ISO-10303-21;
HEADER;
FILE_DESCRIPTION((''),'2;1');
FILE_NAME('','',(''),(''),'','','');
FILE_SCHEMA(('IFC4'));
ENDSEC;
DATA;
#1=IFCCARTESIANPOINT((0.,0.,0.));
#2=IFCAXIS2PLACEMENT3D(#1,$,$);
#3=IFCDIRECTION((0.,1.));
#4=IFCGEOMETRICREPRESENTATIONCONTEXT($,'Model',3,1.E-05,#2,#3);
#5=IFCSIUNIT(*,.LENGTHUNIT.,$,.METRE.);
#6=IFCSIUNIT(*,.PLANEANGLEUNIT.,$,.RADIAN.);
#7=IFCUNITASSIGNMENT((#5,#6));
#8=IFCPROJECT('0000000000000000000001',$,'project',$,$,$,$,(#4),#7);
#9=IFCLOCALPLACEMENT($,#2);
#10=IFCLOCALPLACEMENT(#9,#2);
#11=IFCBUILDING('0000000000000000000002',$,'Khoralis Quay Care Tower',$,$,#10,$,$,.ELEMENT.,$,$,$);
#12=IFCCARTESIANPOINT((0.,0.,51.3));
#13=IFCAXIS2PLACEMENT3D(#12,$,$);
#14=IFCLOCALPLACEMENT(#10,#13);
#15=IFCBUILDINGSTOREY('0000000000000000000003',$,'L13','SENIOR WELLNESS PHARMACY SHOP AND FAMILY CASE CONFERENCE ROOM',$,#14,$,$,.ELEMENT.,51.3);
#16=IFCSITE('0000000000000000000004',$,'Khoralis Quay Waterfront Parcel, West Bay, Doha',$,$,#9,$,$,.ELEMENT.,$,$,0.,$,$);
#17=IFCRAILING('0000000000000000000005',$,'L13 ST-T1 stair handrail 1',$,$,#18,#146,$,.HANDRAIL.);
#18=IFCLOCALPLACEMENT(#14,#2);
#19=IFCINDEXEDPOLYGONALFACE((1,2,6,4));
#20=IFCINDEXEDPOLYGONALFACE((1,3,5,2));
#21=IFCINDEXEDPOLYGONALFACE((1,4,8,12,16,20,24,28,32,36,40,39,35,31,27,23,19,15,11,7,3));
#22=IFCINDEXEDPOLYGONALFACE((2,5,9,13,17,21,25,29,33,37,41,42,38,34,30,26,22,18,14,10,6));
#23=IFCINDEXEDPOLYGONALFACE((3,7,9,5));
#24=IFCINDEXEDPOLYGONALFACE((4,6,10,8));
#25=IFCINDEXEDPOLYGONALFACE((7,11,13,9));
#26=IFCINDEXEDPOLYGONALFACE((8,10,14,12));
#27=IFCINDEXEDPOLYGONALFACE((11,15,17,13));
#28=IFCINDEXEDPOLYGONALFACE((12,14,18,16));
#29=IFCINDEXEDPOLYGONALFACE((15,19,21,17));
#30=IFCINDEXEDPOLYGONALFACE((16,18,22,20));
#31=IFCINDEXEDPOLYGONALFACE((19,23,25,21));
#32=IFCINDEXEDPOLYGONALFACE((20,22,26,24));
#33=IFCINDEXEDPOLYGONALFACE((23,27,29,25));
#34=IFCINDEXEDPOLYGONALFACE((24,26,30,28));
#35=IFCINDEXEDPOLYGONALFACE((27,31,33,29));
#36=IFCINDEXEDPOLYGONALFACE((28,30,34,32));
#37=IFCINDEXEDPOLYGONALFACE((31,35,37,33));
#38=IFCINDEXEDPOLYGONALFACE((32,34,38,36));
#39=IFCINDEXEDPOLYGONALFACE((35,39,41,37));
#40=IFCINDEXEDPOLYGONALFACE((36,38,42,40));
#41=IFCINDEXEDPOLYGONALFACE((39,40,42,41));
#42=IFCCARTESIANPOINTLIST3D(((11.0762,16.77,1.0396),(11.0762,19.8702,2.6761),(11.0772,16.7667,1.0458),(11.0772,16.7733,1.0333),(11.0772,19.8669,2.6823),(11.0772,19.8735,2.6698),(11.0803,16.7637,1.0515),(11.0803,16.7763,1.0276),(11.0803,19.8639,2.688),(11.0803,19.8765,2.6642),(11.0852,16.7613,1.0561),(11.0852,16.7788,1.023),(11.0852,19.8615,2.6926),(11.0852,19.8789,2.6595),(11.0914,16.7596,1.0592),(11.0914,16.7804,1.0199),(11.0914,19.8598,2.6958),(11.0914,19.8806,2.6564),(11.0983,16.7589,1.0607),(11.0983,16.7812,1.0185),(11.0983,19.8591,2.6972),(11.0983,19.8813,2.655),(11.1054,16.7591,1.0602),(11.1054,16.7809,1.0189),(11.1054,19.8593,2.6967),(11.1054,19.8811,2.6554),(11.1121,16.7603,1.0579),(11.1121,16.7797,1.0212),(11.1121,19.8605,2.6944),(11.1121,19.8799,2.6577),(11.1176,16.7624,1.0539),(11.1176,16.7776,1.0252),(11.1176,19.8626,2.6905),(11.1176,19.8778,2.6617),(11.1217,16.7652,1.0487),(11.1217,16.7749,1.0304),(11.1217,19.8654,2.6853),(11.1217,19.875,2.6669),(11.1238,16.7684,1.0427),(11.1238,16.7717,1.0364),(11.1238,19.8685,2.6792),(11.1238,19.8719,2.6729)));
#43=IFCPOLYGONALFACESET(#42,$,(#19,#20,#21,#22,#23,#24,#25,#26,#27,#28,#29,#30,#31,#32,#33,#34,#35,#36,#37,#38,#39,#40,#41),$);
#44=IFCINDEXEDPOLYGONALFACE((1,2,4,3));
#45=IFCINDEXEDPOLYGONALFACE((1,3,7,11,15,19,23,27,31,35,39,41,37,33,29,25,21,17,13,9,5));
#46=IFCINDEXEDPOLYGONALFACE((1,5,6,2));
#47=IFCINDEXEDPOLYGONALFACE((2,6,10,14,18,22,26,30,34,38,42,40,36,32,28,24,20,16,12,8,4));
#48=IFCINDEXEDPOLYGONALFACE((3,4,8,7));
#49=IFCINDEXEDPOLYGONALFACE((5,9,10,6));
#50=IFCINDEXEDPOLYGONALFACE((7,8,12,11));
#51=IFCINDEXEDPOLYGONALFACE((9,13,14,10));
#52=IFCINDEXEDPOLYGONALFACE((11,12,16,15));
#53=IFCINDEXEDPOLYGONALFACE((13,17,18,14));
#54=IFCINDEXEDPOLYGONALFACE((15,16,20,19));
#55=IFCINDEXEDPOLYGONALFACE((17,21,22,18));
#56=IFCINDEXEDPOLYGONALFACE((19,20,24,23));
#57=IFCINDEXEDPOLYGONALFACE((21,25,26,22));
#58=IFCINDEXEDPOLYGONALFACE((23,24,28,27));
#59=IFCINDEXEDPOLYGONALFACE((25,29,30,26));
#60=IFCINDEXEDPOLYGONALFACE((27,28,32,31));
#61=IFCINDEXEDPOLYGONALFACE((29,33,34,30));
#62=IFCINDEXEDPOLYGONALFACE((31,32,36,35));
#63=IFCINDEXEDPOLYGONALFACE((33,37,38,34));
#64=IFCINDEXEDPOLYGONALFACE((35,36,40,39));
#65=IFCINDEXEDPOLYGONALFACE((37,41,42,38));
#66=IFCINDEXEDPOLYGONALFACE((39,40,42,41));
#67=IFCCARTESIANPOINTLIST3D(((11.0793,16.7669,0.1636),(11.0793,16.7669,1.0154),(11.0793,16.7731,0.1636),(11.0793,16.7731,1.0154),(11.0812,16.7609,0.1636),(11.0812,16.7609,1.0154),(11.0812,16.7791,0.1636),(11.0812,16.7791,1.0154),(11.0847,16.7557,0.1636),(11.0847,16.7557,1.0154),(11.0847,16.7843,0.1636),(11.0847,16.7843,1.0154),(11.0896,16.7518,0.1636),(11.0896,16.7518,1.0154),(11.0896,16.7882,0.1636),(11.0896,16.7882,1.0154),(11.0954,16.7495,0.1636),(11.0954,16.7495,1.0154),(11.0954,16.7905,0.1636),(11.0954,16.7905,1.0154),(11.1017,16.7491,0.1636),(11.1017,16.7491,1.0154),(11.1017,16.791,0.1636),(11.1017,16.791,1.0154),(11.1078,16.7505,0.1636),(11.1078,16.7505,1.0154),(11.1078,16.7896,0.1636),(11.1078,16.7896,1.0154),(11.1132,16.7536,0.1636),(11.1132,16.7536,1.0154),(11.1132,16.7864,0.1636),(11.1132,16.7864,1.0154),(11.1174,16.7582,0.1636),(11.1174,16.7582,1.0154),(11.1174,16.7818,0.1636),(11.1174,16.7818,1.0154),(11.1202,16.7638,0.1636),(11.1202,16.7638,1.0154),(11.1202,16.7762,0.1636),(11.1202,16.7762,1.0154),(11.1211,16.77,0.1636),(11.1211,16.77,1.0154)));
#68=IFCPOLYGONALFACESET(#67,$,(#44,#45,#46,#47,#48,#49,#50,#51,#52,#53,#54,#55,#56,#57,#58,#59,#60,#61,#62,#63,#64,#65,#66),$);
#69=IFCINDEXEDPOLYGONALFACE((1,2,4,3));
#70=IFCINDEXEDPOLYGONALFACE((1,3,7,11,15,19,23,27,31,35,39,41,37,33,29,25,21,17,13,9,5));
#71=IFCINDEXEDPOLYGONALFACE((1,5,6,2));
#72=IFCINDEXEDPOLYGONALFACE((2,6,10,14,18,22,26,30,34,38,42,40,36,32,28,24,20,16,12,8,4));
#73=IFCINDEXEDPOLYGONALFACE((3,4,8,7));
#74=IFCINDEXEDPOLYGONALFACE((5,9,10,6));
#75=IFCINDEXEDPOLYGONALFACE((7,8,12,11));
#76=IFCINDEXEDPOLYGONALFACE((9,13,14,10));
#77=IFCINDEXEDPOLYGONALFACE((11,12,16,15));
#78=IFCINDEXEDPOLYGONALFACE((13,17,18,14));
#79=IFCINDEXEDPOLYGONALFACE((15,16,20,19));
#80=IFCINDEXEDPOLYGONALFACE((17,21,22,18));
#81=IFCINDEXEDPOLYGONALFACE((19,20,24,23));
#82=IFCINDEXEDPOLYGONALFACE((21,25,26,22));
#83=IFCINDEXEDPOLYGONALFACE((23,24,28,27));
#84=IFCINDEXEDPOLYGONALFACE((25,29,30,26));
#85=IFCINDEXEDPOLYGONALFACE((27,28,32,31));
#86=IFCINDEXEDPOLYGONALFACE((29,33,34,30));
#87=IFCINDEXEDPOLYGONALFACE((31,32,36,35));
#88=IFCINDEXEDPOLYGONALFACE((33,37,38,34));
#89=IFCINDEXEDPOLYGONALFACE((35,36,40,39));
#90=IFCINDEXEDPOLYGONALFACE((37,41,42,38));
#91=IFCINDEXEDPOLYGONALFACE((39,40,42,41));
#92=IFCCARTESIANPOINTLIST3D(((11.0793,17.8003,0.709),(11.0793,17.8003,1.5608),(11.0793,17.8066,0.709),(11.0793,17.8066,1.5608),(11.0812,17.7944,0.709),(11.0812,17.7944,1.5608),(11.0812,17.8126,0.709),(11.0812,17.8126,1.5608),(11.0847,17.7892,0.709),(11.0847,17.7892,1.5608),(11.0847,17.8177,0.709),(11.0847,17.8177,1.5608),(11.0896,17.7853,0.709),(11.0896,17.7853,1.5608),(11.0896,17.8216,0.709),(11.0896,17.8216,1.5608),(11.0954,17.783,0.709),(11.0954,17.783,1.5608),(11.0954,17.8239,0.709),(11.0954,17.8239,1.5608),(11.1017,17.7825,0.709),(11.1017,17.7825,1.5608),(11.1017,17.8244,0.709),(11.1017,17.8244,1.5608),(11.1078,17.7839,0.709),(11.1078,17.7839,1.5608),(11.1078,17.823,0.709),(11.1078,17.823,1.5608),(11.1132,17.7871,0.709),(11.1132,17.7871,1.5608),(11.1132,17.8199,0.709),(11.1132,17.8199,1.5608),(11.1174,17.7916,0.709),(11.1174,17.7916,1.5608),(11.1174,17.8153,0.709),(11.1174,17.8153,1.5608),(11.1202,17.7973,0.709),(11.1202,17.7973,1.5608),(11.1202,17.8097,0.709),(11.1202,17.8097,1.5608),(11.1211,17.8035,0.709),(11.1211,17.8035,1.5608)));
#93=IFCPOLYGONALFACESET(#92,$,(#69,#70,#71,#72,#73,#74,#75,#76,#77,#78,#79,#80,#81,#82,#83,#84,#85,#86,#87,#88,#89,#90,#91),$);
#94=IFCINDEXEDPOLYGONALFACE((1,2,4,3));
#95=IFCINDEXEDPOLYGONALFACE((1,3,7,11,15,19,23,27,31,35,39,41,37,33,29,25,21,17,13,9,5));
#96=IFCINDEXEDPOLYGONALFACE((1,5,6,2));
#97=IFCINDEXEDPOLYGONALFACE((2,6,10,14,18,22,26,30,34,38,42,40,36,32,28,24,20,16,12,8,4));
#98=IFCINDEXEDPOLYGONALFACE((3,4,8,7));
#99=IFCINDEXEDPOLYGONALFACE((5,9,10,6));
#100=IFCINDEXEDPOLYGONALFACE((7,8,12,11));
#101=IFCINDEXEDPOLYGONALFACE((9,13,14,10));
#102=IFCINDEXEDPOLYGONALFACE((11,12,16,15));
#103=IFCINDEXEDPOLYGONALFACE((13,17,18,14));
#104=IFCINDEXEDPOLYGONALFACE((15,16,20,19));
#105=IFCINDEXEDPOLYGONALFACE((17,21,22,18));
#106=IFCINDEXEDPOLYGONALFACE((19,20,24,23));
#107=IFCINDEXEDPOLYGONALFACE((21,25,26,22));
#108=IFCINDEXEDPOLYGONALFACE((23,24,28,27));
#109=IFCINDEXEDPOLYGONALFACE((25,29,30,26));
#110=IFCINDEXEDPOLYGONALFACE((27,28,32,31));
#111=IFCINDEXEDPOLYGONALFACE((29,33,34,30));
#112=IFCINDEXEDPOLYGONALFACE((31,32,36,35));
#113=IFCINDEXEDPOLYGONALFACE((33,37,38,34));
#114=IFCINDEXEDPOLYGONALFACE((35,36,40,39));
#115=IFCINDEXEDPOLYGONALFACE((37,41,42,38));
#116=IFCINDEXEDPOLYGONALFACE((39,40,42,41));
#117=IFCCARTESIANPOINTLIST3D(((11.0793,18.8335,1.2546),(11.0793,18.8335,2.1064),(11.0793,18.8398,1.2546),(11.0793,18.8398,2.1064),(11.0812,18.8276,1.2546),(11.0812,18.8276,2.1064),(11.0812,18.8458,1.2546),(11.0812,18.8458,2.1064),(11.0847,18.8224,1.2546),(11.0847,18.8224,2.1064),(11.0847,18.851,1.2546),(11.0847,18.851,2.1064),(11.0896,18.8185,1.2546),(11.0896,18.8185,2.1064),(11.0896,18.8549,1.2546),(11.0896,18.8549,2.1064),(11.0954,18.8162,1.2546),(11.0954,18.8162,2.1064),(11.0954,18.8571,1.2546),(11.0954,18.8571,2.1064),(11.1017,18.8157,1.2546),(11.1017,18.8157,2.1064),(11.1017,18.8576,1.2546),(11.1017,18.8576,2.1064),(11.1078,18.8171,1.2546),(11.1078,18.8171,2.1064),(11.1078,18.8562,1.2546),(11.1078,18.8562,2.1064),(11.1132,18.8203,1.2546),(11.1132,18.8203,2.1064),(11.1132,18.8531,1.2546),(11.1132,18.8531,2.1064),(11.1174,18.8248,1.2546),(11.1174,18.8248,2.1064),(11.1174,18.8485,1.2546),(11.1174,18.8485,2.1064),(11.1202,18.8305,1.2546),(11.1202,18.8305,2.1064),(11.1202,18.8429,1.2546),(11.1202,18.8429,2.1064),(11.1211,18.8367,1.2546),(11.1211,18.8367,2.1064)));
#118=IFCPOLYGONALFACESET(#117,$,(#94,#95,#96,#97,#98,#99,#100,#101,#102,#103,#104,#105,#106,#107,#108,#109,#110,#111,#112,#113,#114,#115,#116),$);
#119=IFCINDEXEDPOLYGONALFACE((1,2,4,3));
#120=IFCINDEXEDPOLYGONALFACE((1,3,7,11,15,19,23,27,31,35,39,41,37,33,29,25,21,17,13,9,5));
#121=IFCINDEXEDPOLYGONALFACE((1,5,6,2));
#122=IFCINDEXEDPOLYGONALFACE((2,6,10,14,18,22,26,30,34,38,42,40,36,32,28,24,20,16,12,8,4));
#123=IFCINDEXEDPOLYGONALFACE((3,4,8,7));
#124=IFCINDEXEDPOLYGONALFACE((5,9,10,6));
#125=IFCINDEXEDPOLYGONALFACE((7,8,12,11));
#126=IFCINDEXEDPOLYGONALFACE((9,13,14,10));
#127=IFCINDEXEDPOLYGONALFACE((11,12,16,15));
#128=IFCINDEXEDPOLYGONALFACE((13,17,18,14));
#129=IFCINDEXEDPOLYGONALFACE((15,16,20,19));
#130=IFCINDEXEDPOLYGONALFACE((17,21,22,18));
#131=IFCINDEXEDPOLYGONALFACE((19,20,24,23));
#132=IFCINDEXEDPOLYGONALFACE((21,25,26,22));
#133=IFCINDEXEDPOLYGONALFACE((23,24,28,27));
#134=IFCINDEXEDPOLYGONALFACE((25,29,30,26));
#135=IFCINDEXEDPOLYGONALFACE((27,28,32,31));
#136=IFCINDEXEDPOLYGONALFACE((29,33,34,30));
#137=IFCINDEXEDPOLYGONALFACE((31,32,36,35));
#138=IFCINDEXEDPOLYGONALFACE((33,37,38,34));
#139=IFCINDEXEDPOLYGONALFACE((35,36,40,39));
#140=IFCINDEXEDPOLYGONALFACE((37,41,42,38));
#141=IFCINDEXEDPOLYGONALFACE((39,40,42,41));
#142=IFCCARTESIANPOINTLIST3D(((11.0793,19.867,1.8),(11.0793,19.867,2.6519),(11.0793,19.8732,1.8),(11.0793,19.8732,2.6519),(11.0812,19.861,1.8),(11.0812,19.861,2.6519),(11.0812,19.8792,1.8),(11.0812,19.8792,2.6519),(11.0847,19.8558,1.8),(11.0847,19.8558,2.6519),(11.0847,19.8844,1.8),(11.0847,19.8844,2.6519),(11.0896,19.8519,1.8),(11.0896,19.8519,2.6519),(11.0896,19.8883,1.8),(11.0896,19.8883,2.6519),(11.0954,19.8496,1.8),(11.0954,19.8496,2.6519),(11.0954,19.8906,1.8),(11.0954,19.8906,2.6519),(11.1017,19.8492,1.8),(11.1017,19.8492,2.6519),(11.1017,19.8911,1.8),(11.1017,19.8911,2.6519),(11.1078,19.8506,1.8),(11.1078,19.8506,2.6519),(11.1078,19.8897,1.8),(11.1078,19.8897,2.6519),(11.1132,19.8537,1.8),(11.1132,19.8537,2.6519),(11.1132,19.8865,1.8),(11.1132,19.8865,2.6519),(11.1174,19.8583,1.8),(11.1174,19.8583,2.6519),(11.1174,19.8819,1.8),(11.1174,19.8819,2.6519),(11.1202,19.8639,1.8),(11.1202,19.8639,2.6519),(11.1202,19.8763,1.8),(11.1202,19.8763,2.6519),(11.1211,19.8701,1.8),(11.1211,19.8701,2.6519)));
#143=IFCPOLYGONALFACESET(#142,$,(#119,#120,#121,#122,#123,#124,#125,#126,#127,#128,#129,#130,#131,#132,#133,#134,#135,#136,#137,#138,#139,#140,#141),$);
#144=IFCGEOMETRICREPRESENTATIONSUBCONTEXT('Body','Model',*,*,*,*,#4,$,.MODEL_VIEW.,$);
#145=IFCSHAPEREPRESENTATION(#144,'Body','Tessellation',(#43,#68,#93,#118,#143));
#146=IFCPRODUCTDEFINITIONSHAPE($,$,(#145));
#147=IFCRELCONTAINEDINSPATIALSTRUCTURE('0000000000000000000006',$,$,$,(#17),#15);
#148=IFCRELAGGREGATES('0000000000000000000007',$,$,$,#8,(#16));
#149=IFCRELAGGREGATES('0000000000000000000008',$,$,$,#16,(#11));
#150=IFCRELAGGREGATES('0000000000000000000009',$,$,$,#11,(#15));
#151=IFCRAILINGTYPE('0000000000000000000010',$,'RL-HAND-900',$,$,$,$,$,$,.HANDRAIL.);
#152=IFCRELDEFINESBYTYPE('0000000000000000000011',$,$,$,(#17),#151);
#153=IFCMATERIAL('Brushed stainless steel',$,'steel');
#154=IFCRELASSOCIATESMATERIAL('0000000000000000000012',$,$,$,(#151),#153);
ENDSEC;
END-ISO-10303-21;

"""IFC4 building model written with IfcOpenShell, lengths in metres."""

from ifc_helpers import new_model, si_unit, direction, frame, origin, origin_2d, place, context, subcontext, project, spatial, circle, extrude, material, type_object, element, save


model = new_model("IFC4")

# Units and contexts
model_context = context("Model", 3, precision=1e-05, world=origin(), true_north=direction((0.0, 1.0)))
body_context = subcontext(model_context, "Body", "Model", "MODEL_VIEW")
ifc_project = project(units=[si_unit("LENGTHUNIT", "METRE"), si_unit("PLANEANGLEUNIT", "RADIAN")], contexts=[model_context])

# Site, building, storey
site_placement = place(None, origin())
site = spatial("IfcSite", under=ifc_project, at=site_placement, Name="Khoralis Quay Waterfront Parcel, West Bay, Doha", CompositionType="ELEMENT", RefElevation=0.0)
building_placement = place(site_placement, origin())
building = spatial("IfcBuilding", under=site, at=building_placement, Name="Khoralis Quay Care Tower", CompositionType="ELEMENT")
storey_placement = place(building_placement, frame((0.0, 0.0, 51.3)))
storey = spatial("IfcBuildingStorey", under=building, at=storey_placement, Name="L13", Description="SENIOR WELLNESS PHARMACY SHOP AND FAMILY CASE CONFERENCE ROOM", CompositionType="ELEMENT", Elevation=51.3)

# Shared definitions
ifc_material_1 = material(Name="Brushed stainless steel", Category="steel")

# Railing
railing_type_1 = type_object("IfcRailingType", Name="RL-HAND-900", PredefinedType="HANDRAIL", material=ifc_material_1)
railing_1_placement = place(storey_placement, frame((11.1001, 16.77, 0.1636)))
element("IfcRailing", 1, at=railing_1_placement, inside=storey, type_object=railing_type_1, Name="L13 ST-T1 stair handrail 1", PredefinedType="HANDRAIL", context=body_context, shape_type="SweptSolid", body=[
    extrude(circle(Radius=0.0239, at=origin_2d()), frame((0.0, 0.0, 0.876), z_axis=(0.0, 0.884348, 0.466828), x_axis=(-1.0, 0.0, 0.0)), (0.0, 0.0, 1.0), 3.5056),
    extrude(circle(Radius=0.021, at=origin_2d()), origin(), (0.0, 0.0, 1.0), 0.8518),
    extrude(circle(Radius=0.021, at=origin_2d()), frame((0.0, 1.0334, 0.5454)), (0.0, 0.0, 1.0), 0.8518),
    extrude(circle(Radius=0.021, at=origin_2d()), frame((0.0, 2.0667, 1.0911)), (0.0, 0.0, 1.0), 0.8518),
    extrude(circle(Radius=0.021, at=origin_2d()), frame((0.0, 3.1001, 1.6365)), (0.0, 0.0, 1.0), 0.8518),
])

save(model, "model.ifc")
